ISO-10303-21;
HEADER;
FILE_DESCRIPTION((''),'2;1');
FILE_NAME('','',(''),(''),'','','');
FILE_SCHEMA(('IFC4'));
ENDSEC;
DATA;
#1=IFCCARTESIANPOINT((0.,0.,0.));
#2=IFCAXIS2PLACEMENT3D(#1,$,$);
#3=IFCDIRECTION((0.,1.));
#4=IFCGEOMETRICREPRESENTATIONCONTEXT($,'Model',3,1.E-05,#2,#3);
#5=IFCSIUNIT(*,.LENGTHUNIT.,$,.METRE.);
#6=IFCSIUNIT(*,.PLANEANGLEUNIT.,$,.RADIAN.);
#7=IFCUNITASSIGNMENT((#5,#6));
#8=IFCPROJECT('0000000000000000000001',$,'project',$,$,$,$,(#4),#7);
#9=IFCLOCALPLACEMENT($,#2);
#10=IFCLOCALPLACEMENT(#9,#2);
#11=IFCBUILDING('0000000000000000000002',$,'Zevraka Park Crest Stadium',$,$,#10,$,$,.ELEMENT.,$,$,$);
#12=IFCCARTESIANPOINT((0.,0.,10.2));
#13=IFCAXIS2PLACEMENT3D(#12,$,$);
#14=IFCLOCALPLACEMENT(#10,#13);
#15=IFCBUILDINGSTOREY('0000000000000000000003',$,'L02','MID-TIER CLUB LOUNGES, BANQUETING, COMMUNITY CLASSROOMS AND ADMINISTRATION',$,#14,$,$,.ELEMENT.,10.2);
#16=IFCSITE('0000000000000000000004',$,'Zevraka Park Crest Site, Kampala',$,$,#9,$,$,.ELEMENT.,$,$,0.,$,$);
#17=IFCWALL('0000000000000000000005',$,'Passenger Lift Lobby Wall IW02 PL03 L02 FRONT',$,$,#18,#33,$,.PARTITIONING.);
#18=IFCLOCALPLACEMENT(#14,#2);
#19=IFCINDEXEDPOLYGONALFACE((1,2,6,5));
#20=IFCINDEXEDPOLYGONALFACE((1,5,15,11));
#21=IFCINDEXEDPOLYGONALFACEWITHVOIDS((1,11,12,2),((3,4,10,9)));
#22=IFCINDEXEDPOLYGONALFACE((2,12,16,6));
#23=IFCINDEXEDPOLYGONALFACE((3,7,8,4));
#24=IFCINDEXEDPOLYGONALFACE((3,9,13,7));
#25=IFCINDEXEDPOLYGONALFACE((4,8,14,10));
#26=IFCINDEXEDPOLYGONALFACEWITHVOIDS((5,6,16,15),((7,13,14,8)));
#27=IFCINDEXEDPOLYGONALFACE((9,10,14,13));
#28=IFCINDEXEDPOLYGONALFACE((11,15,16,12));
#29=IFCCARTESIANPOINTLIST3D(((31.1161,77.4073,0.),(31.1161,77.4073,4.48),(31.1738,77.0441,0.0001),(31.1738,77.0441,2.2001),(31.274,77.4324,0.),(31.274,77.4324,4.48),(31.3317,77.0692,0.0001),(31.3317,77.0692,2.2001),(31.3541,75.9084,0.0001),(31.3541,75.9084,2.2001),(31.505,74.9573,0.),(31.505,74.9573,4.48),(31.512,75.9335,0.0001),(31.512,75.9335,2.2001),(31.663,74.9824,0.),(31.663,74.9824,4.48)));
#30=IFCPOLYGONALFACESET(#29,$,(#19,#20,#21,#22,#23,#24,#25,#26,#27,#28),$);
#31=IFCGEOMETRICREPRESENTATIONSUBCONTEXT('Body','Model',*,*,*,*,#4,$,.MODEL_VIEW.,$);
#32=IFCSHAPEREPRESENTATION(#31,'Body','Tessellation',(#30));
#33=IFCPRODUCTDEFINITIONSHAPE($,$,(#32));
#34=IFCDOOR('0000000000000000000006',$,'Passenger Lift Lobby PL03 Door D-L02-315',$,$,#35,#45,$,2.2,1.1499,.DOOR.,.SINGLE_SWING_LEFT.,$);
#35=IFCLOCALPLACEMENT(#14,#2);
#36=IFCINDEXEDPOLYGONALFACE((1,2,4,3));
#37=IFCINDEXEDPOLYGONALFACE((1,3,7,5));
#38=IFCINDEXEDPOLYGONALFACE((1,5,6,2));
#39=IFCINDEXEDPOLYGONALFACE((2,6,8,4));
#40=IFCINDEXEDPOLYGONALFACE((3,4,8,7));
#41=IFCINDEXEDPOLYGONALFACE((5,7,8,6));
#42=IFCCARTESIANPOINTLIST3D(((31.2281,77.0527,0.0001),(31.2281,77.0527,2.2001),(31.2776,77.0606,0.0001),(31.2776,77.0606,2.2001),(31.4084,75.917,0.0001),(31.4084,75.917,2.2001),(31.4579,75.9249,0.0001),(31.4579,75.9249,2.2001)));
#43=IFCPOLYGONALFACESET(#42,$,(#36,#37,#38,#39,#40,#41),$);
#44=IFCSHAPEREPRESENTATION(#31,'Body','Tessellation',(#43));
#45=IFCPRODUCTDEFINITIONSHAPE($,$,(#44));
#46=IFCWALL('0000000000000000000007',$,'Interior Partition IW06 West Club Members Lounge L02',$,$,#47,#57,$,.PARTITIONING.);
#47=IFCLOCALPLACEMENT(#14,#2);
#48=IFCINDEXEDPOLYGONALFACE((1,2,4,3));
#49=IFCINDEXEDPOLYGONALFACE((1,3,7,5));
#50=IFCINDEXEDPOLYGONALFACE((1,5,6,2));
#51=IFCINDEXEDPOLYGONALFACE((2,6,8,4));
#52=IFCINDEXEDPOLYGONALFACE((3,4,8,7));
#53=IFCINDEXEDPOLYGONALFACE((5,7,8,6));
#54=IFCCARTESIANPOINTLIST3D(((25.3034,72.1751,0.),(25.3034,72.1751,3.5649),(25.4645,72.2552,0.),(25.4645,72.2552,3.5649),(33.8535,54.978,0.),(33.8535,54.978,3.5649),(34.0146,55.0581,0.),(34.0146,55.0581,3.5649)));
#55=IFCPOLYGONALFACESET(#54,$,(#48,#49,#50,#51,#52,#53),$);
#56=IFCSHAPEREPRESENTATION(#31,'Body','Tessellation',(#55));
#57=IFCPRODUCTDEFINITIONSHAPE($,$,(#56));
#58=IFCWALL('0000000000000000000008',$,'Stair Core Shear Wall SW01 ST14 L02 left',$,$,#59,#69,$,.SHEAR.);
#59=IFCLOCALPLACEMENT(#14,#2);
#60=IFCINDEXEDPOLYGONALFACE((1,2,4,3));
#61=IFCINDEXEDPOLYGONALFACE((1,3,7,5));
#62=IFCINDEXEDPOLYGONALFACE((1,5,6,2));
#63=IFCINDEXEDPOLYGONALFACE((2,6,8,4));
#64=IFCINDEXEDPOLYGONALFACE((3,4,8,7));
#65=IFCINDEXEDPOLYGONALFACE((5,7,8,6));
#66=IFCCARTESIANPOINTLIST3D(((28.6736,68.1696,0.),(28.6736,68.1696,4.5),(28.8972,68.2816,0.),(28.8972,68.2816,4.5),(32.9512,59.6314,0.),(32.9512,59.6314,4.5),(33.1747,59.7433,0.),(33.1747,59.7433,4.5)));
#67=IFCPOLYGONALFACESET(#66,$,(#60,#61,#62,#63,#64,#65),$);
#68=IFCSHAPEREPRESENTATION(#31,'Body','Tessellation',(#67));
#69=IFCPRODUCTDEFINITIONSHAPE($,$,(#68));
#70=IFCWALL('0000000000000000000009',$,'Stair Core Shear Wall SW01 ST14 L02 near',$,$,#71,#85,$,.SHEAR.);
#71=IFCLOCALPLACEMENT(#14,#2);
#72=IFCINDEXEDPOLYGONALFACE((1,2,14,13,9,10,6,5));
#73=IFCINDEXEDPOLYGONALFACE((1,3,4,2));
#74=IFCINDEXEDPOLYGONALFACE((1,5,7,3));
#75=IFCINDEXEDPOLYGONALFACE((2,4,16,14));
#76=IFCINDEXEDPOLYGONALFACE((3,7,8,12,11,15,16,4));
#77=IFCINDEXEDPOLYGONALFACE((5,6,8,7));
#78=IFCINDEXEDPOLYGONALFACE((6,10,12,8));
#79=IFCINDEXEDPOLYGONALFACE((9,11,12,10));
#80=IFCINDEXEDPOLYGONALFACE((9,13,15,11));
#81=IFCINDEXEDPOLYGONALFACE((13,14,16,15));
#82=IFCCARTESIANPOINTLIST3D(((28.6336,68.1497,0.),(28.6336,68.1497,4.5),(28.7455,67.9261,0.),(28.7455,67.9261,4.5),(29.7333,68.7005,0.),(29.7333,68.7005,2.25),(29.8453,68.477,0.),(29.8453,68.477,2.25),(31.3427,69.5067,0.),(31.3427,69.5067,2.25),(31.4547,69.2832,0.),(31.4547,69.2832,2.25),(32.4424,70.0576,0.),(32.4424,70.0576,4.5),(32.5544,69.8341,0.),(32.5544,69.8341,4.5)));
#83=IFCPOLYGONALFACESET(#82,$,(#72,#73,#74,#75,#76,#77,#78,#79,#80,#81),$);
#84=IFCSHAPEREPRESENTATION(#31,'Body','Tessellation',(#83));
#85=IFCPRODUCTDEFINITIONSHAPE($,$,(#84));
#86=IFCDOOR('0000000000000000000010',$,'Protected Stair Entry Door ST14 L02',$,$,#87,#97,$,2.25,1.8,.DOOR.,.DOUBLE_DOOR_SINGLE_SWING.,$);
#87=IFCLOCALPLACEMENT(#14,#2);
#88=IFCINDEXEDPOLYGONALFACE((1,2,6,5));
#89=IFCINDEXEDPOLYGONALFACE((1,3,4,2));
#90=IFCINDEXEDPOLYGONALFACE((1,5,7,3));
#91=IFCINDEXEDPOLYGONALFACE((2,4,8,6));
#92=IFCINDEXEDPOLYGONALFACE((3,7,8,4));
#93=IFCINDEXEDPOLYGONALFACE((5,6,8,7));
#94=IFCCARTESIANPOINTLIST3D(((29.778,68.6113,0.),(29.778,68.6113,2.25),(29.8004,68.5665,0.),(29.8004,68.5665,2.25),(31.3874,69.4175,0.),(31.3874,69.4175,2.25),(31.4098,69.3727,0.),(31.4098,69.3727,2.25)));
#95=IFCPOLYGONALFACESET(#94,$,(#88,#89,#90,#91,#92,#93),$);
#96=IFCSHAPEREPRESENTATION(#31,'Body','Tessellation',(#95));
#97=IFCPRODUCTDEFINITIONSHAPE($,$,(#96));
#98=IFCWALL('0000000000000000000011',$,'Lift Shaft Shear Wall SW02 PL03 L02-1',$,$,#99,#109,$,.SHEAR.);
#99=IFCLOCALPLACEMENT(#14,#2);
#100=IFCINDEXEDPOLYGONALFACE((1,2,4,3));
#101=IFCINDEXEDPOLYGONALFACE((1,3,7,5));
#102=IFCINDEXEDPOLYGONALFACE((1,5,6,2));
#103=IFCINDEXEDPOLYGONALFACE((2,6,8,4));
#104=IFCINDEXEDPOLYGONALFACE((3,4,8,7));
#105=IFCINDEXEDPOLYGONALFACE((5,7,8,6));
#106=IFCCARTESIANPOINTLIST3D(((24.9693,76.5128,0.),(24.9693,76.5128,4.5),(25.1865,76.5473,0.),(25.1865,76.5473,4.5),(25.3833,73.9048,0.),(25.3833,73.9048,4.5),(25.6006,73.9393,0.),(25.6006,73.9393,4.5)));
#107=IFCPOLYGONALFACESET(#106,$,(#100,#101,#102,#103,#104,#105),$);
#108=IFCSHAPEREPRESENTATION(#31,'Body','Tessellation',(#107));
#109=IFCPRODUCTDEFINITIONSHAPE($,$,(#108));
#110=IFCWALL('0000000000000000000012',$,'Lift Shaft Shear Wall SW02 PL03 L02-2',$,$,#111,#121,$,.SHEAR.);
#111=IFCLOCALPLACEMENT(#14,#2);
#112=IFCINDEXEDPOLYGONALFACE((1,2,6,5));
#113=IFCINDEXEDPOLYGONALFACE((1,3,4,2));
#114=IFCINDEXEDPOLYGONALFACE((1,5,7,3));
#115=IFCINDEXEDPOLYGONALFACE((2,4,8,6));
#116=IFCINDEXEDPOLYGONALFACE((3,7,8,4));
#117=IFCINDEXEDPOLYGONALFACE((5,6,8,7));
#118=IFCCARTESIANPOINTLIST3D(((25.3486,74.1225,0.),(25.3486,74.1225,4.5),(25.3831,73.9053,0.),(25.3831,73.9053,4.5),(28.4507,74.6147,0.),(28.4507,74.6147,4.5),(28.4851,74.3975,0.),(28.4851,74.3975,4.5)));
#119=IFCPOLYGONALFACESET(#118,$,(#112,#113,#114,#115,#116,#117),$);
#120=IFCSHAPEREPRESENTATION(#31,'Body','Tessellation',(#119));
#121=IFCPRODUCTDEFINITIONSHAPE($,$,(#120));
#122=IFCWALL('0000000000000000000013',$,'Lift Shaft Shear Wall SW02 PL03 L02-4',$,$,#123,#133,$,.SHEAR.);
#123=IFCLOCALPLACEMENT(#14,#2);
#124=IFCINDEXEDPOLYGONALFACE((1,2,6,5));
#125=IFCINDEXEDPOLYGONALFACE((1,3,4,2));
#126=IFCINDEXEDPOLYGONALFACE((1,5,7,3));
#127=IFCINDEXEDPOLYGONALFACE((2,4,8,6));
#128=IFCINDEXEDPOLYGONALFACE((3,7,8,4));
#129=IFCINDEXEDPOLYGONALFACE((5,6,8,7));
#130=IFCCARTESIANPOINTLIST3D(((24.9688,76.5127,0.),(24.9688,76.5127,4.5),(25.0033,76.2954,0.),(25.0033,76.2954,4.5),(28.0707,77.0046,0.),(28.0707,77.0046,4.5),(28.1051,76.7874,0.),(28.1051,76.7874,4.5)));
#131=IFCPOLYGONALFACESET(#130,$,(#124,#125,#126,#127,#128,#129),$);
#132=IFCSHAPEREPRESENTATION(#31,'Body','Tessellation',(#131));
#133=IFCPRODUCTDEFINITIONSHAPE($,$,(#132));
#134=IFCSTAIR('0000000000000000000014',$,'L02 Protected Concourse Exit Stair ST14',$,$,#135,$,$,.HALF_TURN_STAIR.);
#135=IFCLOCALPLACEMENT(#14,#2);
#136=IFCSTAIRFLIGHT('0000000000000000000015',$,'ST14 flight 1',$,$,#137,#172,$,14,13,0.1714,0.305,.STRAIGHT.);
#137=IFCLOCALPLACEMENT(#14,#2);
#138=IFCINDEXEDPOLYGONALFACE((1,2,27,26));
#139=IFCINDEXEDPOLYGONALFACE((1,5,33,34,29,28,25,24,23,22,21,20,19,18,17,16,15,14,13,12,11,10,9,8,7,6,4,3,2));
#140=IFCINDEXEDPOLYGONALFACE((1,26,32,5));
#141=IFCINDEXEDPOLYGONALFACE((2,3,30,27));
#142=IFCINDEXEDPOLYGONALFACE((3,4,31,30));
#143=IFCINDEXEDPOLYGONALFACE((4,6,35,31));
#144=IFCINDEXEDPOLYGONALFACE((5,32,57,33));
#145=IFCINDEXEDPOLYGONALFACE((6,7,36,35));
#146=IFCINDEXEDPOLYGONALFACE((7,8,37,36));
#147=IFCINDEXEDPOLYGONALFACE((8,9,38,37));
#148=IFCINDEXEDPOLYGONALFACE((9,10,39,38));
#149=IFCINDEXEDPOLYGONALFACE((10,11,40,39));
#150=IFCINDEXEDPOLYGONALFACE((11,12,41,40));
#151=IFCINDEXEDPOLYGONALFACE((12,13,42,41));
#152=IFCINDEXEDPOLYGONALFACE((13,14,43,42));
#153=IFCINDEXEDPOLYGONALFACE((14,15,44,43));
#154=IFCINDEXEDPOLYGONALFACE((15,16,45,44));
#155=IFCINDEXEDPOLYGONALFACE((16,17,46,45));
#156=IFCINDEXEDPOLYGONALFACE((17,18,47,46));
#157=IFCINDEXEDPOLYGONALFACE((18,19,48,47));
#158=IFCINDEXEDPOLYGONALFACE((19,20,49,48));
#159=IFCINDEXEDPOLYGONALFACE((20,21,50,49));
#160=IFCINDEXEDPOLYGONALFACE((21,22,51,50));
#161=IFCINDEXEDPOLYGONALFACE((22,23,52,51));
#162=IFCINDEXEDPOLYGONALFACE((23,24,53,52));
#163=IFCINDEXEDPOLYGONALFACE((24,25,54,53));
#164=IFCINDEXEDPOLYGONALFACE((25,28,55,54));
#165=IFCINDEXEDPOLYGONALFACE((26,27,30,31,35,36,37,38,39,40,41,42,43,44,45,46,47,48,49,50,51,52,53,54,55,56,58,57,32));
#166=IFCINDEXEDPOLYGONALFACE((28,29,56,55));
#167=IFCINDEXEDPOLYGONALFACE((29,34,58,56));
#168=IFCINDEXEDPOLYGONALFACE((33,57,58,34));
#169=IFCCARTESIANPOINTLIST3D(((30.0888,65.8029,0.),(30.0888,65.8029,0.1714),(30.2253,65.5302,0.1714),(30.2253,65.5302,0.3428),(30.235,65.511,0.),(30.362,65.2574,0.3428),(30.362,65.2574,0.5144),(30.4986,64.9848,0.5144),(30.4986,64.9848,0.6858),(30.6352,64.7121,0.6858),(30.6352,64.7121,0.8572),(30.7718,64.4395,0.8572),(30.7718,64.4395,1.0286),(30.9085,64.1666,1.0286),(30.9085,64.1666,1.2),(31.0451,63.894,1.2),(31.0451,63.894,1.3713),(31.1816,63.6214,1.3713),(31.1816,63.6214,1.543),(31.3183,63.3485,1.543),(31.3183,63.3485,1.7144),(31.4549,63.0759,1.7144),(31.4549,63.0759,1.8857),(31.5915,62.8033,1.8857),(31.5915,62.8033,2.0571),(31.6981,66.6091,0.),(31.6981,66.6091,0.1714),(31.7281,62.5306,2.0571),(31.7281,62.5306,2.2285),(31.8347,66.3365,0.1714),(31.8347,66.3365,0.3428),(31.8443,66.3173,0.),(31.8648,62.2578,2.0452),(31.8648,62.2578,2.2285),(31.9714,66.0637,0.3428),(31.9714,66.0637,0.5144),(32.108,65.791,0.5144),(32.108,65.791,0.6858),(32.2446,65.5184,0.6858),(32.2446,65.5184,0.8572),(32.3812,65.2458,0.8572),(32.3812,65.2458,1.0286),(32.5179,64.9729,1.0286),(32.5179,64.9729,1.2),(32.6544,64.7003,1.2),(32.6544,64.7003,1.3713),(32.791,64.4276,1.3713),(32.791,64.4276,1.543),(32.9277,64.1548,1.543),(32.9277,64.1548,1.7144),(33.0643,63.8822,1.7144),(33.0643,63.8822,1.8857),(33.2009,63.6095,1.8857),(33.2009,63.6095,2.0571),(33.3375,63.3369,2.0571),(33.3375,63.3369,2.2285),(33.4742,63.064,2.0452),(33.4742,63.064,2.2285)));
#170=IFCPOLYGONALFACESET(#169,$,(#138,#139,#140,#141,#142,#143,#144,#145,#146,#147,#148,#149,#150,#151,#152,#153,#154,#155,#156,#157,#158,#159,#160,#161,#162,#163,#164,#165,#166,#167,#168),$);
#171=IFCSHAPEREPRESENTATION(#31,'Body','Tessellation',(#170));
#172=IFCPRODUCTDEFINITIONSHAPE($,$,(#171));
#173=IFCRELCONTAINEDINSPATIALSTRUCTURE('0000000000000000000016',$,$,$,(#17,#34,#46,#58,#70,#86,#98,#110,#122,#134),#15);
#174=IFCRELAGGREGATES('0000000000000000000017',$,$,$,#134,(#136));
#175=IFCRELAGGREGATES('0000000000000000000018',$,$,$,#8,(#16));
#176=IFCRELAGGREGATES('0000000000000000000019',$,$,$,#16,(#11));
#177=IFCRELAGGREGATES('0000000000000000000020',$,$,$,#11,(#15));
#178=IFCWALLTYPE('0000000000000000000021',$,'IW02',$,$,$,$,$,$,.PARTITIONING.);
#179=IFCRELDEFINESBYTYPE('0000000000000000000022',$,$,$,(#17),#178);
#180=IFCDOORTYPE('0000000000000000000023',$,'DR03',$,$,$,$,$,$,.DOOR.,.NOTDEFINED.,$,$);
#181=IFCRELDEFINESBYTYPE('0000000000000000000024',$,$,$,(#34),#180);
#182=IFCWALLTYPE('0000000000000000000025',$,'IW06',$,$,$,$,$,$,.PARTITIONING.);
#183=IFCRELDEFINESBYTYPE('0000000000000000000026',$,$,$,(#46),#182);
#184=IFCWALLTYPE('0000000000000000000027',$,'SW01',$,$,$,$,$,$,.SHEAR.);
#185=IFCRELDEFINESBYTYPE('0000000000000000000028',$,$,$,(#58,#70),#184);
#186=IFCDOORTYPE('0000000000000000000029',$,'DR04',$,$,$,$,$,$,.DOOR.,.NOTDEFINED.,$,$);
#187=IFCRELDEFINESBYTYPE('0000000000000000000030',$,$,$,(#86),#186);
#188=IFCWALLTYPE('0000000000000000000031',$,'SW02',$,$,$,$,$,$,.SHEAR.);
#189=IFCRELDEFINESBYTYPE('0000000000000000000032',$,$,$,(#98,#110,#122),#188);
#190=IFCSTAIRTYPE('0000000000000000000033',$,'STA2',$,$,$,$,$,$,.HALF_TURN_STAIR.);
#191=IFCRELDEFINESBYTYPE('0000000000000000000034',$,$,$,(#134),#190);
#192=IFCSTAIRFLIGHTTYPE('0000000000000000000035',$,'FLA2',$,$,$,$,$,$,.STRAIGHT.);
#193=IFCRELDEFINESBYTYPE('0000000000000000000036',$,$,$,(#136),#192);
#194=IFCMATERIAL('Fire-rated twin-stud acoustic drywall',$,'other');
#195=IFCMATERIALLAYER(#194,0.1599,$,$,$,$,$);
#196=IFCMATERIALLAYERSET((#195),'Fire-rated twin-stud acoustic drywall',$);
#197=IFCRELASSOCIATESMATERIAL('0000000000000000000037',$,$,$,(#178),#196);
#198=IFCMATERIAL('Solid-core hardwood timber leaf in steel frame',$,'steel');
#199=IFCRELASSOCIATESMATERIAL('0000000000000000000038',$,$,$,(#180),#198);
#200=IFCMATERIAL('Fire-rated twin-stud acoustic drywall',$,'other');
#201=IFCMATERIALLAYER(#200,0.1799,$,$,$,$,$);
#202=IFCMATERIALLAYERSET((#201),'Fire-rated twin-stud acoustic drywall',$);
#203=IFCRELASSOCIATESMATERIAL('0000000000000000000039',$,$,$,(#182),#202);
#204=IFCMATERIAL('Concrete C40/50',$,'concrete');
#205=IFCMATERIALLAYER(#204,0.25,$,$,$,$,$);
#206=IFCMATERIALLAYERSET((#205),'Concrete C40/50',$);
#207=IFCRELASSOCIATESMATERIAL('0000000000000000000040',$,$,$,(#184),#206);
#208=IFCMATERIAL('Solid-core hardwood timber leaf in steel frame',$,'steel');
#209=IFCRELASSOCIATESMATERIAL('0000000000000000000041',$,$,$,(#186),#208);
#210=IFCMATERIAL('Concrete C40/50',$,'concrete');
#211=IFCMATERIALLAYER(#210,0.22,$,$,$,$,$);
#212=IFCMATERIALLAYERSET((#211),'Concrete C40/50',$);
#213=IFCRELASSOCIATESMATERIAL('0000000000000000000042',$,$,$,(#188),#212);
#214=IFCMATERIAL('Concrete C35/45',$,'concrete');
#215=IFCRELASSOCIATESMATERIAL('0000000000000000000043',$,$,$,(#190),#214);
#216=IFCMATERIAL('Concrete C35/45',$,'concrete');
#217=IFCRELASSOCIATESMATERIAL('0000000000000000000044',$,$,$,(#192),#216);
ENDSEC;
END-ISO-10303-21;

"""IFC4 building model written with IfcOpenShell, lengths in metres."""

from ifc_helpers import new_model, si_unit, direction, frame, frame_2d, origin, place, context, subcontext, project, spatial, polyline, rectangle, outline, extrude, material, layer, layer_set, type_object, element, fill, aggregate, save


model = new_model("IFC4")

# Units and contexts
model_context = context("Model", 3, precision=1e-05, world=origin(), true_north=direction((0.0, 1.0)))
body_context = subcontext(model_context, "Body", "Model", "MODEL_VIEW")
ifc_project = project(units=[si_unit("LENGTHUNIT", "METRE"), si_unit("PLANEANGLEUNIT", "RADIAN")], contexts=[model_context])

# Site, building, storey
site_placement = place(None, origin())
site = spatial("IfcSite", under=ifc_project, at=site_placement, Name="Zevraka Park Crest Site, Kampala", CompositionType="ELEMENT", RefElevation=0.0)
building_placement = place(site_placement, origin())
building = spatial("IfcBuilding", under=site, at=building_placement, Name="Zevraka Park Crest Stadium", CompositionType="ELEMENT")
storey_placement = place(building_placement, frame((0.0, 0.0, 10.2)))
storey = spatial("IfcBuildingStorey", under=building, at=storey_placement, Name="L02", Description="MID-TIER CLUB LOUNGES, BANQUETING, COMMUNITY CLASSROOMS AND ADMINISTRATION", CompositionType="ELEMENT", Elevation=10.2)

# Shared definitions
ifc_material_1 = material(Name="Fire-rated twin-stud acoustic drywall", Category="other")
ifc_layer_1 = layer(ifc_material_1, 0.1599)
ifc_layer_set_1 = layer_set([ifc_layer_1], Name="Fire-rated twin-stud acoustic drywall")
wall_type_1 = type_object("IfcWallType", Name="IW02", PredefinedType="PARTITIONING", material=ifc_layer_set_1)

# Wall, opening, door
wall_1_placement = place(storey_placement, frame((31.584, 74.97, 0.0), z_axis=(0.0, 0.0, 1.0), x_axis=(-0.156781, 0.987633, 0.0)))
wall_1 = element("IfcWall", 1, at=wall_1_placement, inside=storey, type_object=wall_type_1, Name="Passenger Lift Lobby Wall IW02 PL03 L02 FRONT", PredefinedType="PARTITIONING", context=body_context, shape_type="SweptSolid", body=[
    extrude(rectangle(XDim=2.4807, YDim=0.1599, at=frame_2d((1.2402, 0.0))), origin(), (0.0, 0.0, 1.0), 4.48),
])
opening_1_placement = place(wall_1_placement, frame((0.9629, 0.0, 0.0)))
opening_1 = element("IfcOpeningElement", 2, at=opening_1_placement, cuts=wall_1, PredefinedType="OPENING", context=body_context, shape_type="SweptSolid", body=[
    extrude(rectangle(XDim=1.1499, YDim=2.2, at=frame_2d((0.575, 1.1001))), frame((0.0, 0.0898, 0.0), z_axis=(0.0, -1.0, 0.0), x_axis=(1.0, 0.0, 0.0)), (0.0, 0.0, 1.0), 0.1799),
])
ifc_material_2 = material(Name="Solid-core hardwood timber leaf in steel frame", Category="steel")
door_type_1 = type_object("IfcDoorType", Name="DR03", OperationType="NOTDEFINED", PredefinedType="DOOR", material=ifc_material_2)
door_1_placement = place(opening_1_placement, origin())
door_1 = element("IfcDoor", 3, at=door_1_placement, inside=storey, type_object=door_type_1, Name="Passenger Lift Lobby PL03 Door D-L02-315", OperationType="SINGLE_SWING_LEFT", OverallHeight=2.2, OverallWidth=1.1499, PredefinedType="DOOR", context=body_context, shape_type="SweptSolid", body=[
    extrude(rectangle(XDim=1.1499, YDim=2.2, at=frame_2d((0.575, 1.1001))), frame((0.0, 0.0249, 0.0), z_axis=(0.0, -1.0, 0.0), x_axis=(1.0, 0.0, 0.0)), (0.0, 0.0, 1.0), 0.05),
])
fill(opening_1, door_1)

# Walls
ifc_material_3 = material(Name="Fire-rated twin-stud acoustic drywall", Category="other")
ifc_layer_2 = layer(ifc_material_3, 0.1799)
ifc_layer_set_2 = layer_set([ifc_layer_2], Name="Fire-rated twin-stud acoustic drywall")
wall_type_2 = type_object("IfcWallType", Name="IW06", PredefinedType="PARTITIONING", material=ifc_layer_set_2)
wall_2_placement = place(storey_placement, frame((25.384, 72.2151, 0.0), z_axis=(0.0, 0.0, 1.0), x_axis=(0.445194, -0.895434, 0.0)))
element("IfcWall", 4, at=wall_2_placement, inside=storey, type_object=wall_type_2, Name="Interior Partition IW06 West Club Members Lounge L02", PredefinedType="PARTITIONING", context=body_context, shape_type="SweptSolid", body=[
    extrude(rectangle(XDim=19.2053, YDim=0.1799, at=frame_2d((9.6025, 0.0))), origin(), (0.0, 0.0, 1.0), 3.5649),
])
ifc_material_4 = material(Name="Concrete C40/50", Category="concrete")
ifc_layer_3 = layer(ifc_material_4, 0.25)
ifc_layer_set_3 = layer_set([ifc_layer_3], Name="Concrete C40/50")
wall_type_3 = type_object("IfcWallType", Name="SW01", PredefinedType="SHEAR", material=ifc_layer_set_3)
wall_3_placement = place(storey_placement, frame((28.7854, 68.2256, 0.0), z_axis=(0.0, 0.0, 1.0), x_axis=(0.447919, -0.894074, 0.0)))
element("IfcWall", 5, at=wall_3_placement, inside=storey, type_object=wall_type_3, Name="Stair Core Shear Wall SW01 ST14 L02 left", PredefinedType="SHEAR", context=body_context, shape_type="SweptSolid", body=[
    extrude(rectangle(XDim=9.5498, YDim=0.25, at=frame_2d((4.7749, 0.0))), origin(), (0.0, 0.0, 1.0), 4.5),
])

# Wall, opening, door
wall_4_placement = place(storey_placement, frame((32.4983, 69.9458, 0.0), z_axis=(0.0, 0.0, 1.0), x_axis=(-0.894095, -0.447878, 0.0)))
wall_4 = element("IfcWall", 6, at=wall_4_placement, inside=storey, type_object=wall_type_3, Name="Stair Core Shear Wall SW01 ST14 L02 near", PredefinedType="SHEAR", context=body_context, shape_type="SweptSolid", body=[
    extrude(rectangle(XDim=4.26, YDim=0.25, at=frame_2d((2.1299, 0.0))), origin(), (0.0, 0.0, 1.0), 4.5),
])
opening_2_placement = place(wall_4_placement, frame((1.23, 0.0, 0.0)))
opening_2 = element("IfcOpeningElement", 7, at=opening_2_placement, cuts=wall_4, PredefinedType="OPENING", context=body_context, shape_type="SweptSolid", body=[
    extrude(rectangle(XDim=1.8, YDim=2.25, at=frame_2d((0.8999, 1.125))), frame((0.0, 0.135, 0.0), z_axis=(0.0, -1.0, 0.0), x_axis=(1.0, 0.0, 0.0)), (0.0, 0.0, 1.0), 0.27),
])
ifc_material_5 = material(Name="Solid-core hardwood timber leaf in steel frame", Category="steel")
door_type_2 = type_object("IfcDoorType", Name="DR04", OperationType="NOTDEFINED", PredefinedType="DOOR", material=ifc_material_5)
door_2_placement = place(opening_2_placement, origin())
door_2 = element("IfcDoor", 8, at=door_2_placement, inside=storey, type_object=door_type_2, Name="Protected Stair Entry Door ST14 L02", OperationType="DOUBLE_DOOR_SINGLE_SWING", OverallHeight=2.25, OverallWidth=1.8, PredefinedType="DOOR", context=body_context, shape_type="SweptSolid", body=[
    extrude(rectangle(XDim=1.8, YDim=2.25, at=frame_2d((0.8999, 1.125))), frame((0.0, 0.0249, 0.0), z_axis=(0.0, -1.0, 0.0), x_axis=(1.0, 0.0, 0.0)), (0.0, 0.0, 1.0), 0.05),
])
fill(opening_2, door_2)

# Walls
ifc_material_6 = material(Name="Concrete C40/50", Category="concrete")
ifc_layer_4 = layer(ifc_material_6, 0.22)
ifc_layer_set_4 = layer_set([ifc_layer_4], Name="Concrete C40/50")
wall_type_4 = type_object("IfcWallType", Name="SW02", PredefinedType="SHEAR", material=ifc_layer_set_4)
wall_5_placement = place(storey_placement, frame((25.0779, 76.53, 0.0), z_axis=(0.0, 0.0, 1.0), x_axis=(0.156808, -0.987629, 0.0)))
element("IfcWall", 9, at=wall_5_placement, inside=storey, type_object=wall_type_4, Name="Lift Shaft Shear Wall SW02 PL03 L02-1", PredefinedType="SHEAR", context=body_context, shape_type="SweptSolid", body=[
    extrude(rectangle(XDim=2.6406, YDim=0.22, at=frame_2d((1.3203, 0.0))), origin(), (0.0, 0.0, 1.0), 4.5),
])
wall_6_placement = place(storey_placement, frame((25.366, 74.0139, 0.0), z_axis=(0.0, 0.0, 1.0), x_axis=(0.987645, 0.156705, 0.0)))
element("IfcWall", 10, at=wall_6_placement, inside=storey, type_object=wall_type_4, Name="Lift Shaft Shear Wall SW02 PL03 L02-2", PredefinedType="SHEAR", context=body_context, shape_type="SweptSolid", body=[
    extrude(rectangle(XDim=3.1409, YDim=0.22, at=frame_2d((1.5703, 0.0))), origin(), (0.0, 0.0, 1.0), 4.5),
])

# Wall
wall_7_placement = place(storey_placement, frame((28.0879, 76.896, 0.0), z_axis=(0.0, 0.0, 1.0), x_axis=(-0.987656, -0.156641, 0.0)))
element("IfcWall", 11, at=wall_7_placement, inside=storey, type_object=wall_type_4, Name="Lift Shaft Shear Wall SW02 PL03 L02-4", PredefinedType="SHEAR", context=body_context, shape_type="SweptSolid", body=[
    extrude(rectangle(XDim=3.1406, YDim=0.22, at=frame_2d((1.5703, 0.0))), origin(), (0.0, 0.0, 1.0), 4.5),
])

# Stair, stair flight
ifc_material_7 = material(Name="Concrete C35/45", Category="concrete")
stair_type = type_object("IfcStairType", Name="STA2", PredefinedType="HALF_TURN_STAIR", material=ifc_material_7)
stair_placement = place(storey_placement, origin())
stair = element("IfcStair", 12, at=stair_placement, inside=storey, type_object=stair_type, Name="L02 Protected Concourse Exit Stair ST14", PredefinedType="HALF_TURN_STAIR")
ifc_material_8 = material(Name="Concrete C35/45", Category="concrete")
stair_flight_type = type_object("IfcStairFlightType", Name="FLA2", PredefinedType="STRAIGHT", material=ifc_material_8)
stair_flight_placement = place(storey_placement, frame((30.8936, 66.2061, 0.0), z_axis=(0.0, 0.0, 1.0), x_axis=(0.447915, -0.894076, 0.0)))
stair_flight = element("IfcStairFlight", 13, at=stair_flight_placement, type_object=stair_flight_type, Name="ST14 flight 1", NumberOfRisers=14, NumberOfTreads=13, PredefinedType="STRAIGHT", RiserHeight=0.1714, TreadLength=0.305, context=body_context, shape_type="SweptSolid", body=[
    extrude(outline(polyline([(0.0, 0.0), (0.0, 0.1714), (0.3049, 0.1714), (0.3049, 0.3428), (0.6101, 0.3428), (0.6101, 0.5144), (0.915, 0.5144), (0.915, 0.6858), (1.22, 0.6858), (1.22, 0.8572), (1.5249, 0.8572), (1.5249, 1.0286), (1.8301, 1.0286), (1.8301, 1.2), (2.135, 1.2), (2.135, 1.3713), (2.4399, 1.3713), (2.4399, 1.543), (2.7451, 1.543), (2.7451, 1.7144), (3.05, 1.7144), (3.05, 1.8857), (3.355, 1.8857), (3.355, 2.0571), (3.6599, 2.0571), (3.6599, 2.2285), (3.9651, 2.2285), (3.9651, 2.3999), (3.9651, 2.0452), (0.3264, 0.0), (0.0, 0.0)])), frame((0.0, 0.8999, 0.0), z_axis=(0.0, -1.0, 0.0), x_axis=(1.0, 0.0, 0.0)), (0.0, 0.0, 1.0), 1.8),
])
aggregate(stair, [stair_flight])

save(model, "model.ifc")
